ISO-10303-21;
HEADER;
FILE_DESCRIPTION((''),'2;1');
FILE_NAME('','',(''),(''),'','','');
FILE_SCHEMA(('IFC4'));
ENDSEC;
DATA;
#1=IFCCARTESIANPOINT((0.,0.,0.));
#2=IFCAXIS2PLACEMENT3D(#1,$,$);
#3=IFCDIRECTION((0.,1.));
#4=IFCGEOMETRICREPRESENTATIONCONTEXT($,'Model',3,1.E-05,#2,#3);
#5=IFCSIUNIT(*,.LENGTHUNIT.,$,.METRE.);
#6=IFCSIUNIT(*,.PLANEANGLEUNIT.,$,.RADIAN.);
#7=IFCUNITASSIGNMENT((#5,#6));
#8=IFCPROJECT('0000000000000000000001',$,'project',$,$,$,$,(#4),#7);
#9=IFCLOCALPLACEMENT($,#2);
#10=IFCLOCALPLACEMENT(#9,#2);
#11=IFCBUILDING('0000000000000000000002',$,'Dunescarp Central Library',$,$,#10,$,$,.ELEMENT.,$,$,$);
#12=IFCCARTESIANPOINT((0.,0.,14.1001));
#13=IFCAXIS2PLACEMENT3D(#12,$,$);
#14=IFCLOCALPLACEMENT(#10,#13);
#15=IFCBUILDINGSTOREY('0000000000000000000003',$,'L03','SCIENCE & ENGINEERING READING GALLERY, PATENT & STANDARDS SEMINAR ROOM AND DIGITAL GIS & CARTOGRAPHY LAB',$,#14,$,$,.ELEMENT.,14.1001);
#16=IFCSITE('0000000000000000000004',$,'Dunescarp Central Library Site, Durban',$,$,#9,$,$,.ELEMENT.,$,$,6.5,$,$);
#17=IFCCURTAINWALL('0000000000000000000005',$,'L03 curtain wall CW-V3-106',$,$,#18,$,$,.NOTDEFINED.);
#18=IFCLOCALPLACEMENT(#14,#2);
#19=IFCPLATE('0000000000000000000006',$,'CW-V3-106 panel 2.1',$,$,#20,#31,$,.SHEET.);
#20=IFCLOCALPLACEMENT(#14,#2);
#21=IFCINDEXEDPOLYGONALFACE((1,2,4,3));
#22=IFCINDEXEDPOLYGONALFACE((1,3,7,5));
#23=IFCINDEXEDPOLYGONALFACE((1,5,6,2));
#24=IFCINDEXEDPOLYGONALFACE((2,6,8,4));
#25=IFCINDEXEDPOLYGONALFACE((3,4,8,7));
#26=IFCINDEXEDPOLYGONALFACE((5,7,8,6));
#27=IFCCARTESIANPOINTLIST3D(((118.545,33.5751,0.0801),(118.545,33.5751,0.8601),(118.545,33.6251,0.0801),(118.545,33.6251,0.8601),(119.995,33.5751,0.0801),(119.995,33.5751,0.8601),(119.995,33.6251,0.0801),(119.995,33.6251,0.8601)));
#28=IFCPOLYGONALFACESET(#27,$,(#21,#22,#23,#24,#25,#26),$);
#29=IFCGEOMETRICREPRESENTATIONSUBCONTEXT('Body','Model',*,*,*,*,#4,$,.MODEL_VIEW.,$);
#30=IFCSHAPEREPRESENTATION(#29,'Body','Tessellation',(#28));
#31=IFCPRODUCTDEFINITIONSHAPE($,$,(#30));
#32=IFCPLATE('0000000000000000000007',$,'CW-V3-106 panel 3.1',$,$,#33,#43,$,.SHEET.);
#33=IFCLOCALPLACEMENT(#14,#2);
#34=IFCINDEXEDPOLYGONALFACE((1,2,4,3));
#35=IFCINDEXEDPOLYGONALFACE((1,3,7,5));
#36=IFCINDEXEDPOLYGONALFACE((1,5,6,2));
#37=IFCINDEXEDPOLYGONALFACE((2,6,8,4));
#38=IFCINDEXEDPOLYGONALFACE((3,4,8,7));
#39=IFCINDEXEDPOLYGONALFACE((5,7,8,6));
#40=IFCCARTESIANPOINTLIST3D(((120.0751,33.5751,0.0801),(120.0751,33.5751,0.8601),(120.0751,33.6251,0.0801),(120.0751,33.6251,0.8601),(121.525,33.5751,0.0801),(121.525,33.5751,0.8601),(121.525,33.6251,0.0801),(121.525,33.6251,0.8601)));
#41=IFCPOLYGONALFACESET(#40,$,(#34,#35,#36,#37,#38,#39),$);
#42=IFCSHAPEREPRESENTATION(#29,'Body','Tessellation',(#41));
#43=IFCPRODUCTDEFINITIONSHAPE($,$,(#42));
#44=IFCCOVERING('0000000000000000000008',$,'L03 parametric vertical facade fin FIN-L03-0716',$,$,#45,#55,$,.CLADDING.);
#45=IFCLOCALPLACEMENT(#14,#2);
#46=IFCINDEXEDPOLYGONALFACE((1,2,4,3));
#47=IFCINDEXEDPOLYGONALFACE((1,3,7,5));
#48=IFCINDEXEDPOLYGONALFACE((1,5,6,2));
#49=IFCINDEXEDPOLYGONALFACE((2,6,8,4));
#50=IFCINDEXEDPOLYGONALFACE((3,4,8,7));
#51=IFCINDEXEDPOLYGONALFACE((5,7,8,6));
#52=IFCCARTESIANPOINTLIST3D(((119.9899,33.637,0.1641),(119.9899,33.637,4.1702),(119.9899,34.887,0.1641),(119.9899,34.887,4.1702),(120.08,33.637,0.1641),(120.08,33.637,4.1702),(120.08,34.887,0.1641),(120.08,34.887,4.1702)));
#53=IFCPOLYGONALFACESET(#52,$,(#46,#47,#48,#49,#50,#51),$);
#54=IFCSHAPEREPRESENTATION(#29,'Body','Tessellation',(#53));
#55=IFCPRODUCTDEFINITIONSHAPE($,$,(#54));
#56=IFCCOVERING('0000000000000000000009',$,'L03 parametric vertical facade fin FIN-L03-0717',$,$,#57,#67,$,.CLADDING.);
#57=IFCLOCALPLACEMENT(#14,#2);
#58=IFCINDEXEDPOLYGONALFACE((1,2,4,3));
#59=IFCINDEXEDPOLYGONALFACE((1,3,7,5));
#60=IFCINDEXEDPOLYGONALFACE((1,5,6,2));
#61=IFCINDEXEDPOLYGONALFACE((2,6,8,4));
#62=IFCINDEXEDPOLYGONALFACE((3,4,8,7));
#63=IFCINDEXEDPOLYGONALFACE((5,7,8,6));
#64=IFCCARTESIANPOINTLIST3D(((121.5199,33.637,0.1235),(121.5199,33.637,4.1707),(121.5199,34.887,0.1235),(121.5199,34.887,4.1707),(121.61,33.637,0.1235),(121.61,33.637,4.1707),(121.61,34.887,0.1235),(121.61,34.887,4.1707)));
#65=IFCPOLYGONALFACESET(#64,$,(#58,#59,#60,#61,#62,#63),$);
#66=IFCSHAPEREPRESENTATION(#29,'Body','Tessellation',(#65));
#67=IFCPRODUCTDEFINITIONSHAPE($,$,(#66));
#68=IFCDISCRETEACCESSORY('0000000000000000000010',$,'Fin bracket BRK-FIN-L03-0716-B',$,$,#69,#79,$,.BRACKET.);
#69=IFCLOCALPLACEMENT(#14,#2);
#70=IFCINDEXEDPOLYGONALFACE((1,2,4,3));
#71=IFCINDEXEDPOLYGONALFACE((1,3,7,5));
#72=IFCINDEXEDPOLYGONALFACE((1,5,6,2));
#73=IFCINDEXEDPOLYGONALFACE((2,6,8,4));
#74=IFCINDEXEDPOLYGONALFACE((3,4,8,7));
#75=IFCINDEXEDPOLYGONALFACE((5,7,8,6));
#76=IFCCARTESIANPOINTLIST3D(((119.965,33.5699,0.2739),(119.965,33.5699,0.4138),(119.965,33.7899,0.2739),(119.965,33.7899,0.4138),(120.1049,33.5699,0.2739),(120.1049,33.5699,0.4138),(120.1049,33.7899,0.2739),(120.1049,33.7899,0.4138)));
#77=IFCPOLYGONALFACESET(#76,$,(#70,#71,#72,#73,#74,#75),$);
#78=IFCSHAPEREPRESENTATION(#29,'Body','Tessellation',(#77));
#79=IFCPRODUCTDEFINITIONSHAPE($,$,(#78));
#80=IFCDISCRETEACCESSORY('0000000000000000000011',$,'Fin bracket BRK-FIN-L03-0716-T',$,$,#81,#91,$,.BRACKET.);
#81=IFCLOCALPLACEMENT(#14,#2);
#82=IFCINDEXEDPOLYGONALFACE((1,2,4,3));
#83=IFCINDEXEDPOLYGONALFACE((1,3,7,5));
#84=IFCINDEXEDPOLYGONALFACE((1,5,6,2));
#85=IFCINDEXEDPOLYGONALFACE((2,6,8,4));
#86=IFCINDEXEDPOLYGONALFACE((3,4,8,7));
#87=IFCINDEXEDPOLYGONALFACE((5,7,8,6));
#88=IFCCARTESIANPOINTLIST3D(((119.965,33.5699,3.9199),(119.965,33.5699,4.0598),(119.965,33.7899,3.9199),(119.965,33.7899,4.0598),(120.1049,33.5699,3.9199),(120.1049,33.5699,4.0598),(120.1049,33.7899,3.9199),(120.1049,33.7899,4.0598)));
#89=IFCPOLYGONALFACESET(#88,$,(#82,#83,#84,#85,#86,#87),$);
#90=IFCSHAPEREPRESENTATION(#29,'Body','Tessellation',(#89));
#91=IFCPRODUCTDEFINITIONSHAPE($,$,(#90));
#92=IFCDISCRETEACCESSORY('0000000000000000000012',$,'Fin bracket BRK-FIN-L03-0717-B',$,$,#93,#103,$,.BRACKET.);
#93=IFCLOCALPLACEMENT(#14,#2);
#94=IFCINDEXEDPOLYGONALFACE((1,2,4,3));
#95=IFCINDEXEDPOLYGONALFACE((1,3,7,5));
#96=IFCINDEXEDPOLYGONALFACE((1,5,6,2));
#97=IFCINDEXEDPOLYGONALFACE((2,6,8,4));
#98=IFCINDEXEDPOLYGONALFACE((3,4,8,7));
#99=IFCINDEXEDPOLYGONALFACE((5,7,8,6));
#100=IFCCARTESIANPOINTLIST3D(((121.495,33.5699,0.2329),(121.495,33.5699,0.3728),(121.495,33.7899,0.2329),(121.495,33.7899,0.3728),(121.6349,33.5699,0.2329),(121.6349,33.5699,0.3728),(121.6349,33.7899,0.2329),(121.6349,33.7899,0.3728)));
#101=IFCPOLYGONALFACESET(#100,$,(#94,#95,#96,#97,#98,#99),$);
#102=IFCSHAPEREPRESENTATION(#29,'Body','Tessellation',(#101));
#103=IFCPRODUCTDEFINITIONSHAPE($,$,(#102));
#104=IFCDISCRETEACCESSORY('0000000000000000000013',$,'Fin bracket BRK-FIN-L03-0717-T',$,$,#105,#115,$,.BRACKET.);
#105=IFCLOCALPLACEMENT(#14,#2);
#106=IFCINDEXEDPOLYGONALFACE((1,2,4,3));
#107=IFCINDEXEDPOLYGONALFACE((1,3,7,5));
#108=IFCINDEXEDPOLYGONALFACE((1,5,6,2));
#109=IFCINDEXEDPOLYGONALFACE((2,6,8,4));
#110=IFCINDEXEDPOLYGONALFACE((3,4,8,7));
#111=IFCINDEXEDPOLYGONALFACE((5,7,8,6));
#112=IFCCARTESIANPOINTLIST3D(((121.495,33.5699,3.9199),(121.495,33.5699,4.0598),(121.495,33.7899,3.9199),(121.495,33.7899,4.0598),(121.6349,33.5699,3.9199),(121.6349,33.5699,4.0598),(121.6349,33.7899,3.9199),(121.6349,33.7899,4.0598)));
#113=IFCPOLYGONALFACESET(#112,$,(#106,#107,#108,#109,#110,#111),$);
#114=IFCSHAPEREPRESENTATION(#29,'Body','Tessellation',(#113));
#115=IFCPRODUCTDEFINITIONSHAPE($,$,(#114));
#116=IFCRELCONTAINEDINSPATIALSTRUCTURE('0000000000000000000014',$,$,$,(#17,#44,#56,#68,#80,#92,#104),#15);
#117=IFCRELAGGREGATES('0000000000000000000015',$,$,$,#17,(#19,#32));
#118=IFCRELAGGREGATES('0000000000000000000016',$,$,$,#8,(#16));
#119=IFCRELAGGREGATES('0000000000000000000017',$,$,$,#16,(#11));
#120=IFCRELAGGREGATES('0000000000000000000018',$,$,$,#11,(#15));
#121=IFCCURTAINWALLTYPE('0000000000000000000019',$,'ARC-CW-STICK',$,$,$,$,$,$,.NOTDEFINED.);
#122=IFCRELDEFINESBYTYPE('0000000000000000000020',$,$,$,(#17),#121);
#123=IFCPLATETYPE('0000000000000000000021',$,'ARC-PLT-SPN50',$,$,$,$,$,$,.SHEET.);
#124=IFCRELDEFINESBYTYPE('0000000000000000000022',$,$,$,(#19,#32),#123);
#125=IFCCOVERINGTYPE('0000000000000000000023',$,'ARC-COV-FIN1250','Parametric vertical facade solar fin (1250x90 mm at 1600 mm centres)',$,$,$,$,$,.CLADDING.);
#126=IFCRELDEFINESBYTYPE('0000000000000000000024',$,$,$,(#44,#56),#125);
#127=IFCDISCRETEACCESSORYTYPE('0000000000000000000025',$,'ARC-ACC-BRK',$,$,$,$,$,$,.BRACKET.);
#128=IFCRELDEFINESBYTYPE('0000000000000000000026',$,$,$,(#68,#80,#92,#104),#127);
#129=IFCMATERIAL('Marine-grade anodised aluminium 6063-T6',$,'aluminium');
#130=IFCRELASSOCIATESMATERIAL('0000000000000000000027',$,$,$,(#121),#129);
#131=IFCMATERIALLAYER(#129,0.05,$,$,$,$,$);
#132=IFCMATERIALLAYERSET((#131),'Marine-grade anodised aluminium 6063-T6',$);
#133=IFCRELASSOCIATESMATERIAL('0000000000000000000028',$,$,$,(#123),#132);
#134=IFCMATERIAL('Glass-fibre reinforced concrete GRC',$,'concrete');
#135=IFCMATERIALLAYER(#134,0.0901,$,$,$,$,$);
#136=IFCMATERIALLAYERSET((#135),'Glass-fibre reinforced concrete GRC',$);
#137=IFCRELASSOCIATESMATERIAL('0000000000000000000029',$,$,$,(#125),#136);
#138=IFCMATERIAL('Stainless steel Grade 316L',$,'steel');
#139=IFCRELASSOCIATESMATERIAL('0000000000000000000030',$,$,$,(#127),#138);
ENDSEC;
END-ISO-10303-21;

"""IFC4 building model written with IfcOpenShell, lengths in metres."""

from ifc_helpers import new_model, si_unit, direction, frame, origin, origin_2d, place, context, subcontext, project, spatial, rectangle, extrude, material, layer, layer_set, type_object, element, aggregate, save


model = new_model("IFC4")

# Units and contexts
model_context = context("Model", 3, precision=1e-05, world=origin(), true_north=direction((0.0, 1.0)))
body_context = subcontext(model_context, "Body", "Model", "MODEL_VIEW")
ifc_project = project(units=[si_unit("LENGTHUNIT", "METRE"), si_unit("PLANEANGLEUNIT", "RADIAN")], contexts=[model_context])

# Site, building, storey
site_placement = place(None, origin())
site = spatial("IfcSite", under=ifc_project, at=site_placement, Name="Dunescarp Central Library Site, Durban", CompositionType="ELEMENT", RefElevation=6.5)
building_placement = place(site_placement, origin())
building = spatial("IfcBuilding", under=site, at=building_placement, Name="Dunescarp Central Library", CompositionType="ELEMENT")
storey_placement = place(building_placement, frame((0.0, 0.0, 14.1001)))
storey = spatial("IfcBuildingStorey", under=building, at=storey_placement, Name="L03", Description="SCIENCE & ENGINEERING READING GALLERY, PATENT & STANDARDS SEMINAR ROOM AND DIGITAL GIS & CARTOGRAPHY LAB", CompositionType="ELEMENT", Elevation=14.1001)

# Curtain wall, plates
ifc_material_1 = material(Name="Marine-grade anodised aluminium 6063-T6", Category="aluminium")
curtain_wall_type = type_object("IfcCurtainWallType", Name="ARC-CW-STICK", PredefinedType="NOTDEFINED", material=ifc_material_1)
curtain_wall_placement = place(storey_placement, origin())
curtain_wall = element("IfcCurtainWall", 1, at=curtain_wall_placement, inside=storey, type_object=curtain_wall_type, Name="L03 curtain wall CW-V3-106", PredefinedType="NOTDEFINED")
ifc_layer_1 = layer(ifc_material_1, 0.05)
ifc_layer_set_1 = layer_set([ifc_layer_1], Name="Marine-grade anodised aluminium 6063-T6")
plate_type_1 = type_object("IfcPlateType", Name="ARC-PLT-SPN50", PredefinedType="SHEET", material=ifc_layer_set_1)
plate_1_placement = place(storey_placement, frame((119.27, 33.6001, 0.0801), z_axis=(0.0, 0.0, 1.0), x_axis=(1.0, 0.0, 0.0)))
plate_1 = element("IfcPlate", 2, at=plate_1_placement, type_object=plate_type_1, Name="CW-V3-106 panel 2.1", PredefinedType="SHEET", context=body_context, shape_type="SweptSolid", body=[
    extrude(rectangle(XDim=1.45, YDim=0.05, at=origin_2d()), origin(), (0.0, 0.0, 1.0), 0.78),
])
plate_2_placement = place(storey_placement, frame((120.8, 33.6001, 0.0801), z_axis=(0.0, 0.0, 1.0), x_axis=(1.0, 0.0, 0.0)))
plate_2 = element("IfcPlate", 3, at=plate_2_placement, type_object=plate_type_1, Name="CW-V3-106 panel 3.1", PredefinedType="SHEET", context=body_context, shape_type="SweptSolid", body=[
    extrude(rectangle(XDim=1.45, YDim=0.05, at=origin_2d()), origin(), (0.0, 0.0, 1.0), 0.78),
])
aggregate(curtain_wall, [plate_1, plate_2])

# Coverings
ifc_material_2 = material(Name="Glass-fibre reinforced concrete GRC", Category="concrete")
ifc_layer_2 = layer(ifc_material_2, 0.0901)
ifc_layer_set_2 = layer_set([ifc_layer_2], Name="Glass-fibre reinforced concrete GRC")
covering_type = type_object("IfcCoveringType", Name="ARC-COV-FIN1250", Description="Parametric vertical facade solar fin (1250x90 mm at 1600 mm centres)", PredefinedType="CLADDING", material=ifc_layer_set_2)
covering_1_placement = place(storey_placement, frame((120.0349, 34.262, 0.1641), z_axis=(0.0, 0.0, 1.0), x_axis=(0.0, 1.0, 0.0)))
element("IfcCovering", 4, at=covering_1_placement, inside=storey, type_object=covering_type, Name="L03 parametric vertical facade fin FIN-L03-0716", PredefinedType="CLADDING", context=body_context, shape_type="SweptSolid", body=[
    extrude(rectangle(XDim=1.25, YDim=0.0901, at=origin_2d()), origin(), (0.0, 0.0, 1.0), 4.0061),
])
covering_2_placement = place(storey_placement, frame((121.5649, 34.262, 0.1235), z_axis=(0.0, 0.0, 1.0), x_axis=(0.0, 1.0, 0.0)))
element("IfcCovering", 5, at=covering_2_placement, inside=storey, type_object=covering_type, Name="L03 parametric vertical facade fin FIN-L03-0717", PredefinedType="CLADDING", context=body_context, shape_type="SweptSolid", body=[
    extrude(rectangle(XDim=1.25, YDim=0.0901, at=origin_2d()), origin(), (0.0, 0.0, 1.0), 4.0471),
])

# Discrete accessories
ifc_material_3 = material(Name="Stainless steel Grade 316L", Category="steel")
discrete_accessory_type = type_object("IfcDiscreteAccessoryType", Name="ARC-ACC-BRK", PredefinedType="BRACKET", material=ifc_material_3)
for number, where, z_axis, x_axis, name in (
    (6, (120.0349, 33.6799, 0.2739), (0.0, 0.0, 1.0), (0.0, 1.0, 0.0), "Fin bracket BRK-FIN-L03-0716-B"),
    (7, (120.0349, 33.6799, 3.9199), (0.0, 0.0, 1.0), (0.0, 1.0, 0.0), "Fin bracket BRK-FIN-L03-0716-T"),
    (8, (121.5649, 33.6799, 0.2329), (0.0, 0.0, 1.0), (0.0, 1.0, 0.0), "Fin bracket BRK-FIN-L03-0717-B"),
    (9, (121.5649, 33.6799, 3.9199), (0.0, 0.0, 1.0), (0.0, 1.0, 0.0), "Fin bracket BRK-FIN-L03-0717-T"),
):
    element("IfcDiscreteAccessory", number, at=place(storey_placement, frame(where, z_axis=z_axis, x_axis=x_axis)), inside=storey, type_object=discrete_accessory_type, Name=name, PredefinedType="BRACKET", context=body_context, shape_type="SweptSolid", body=[
        extrude(rectangle(XDim=0.22, YDim=0.1399, at=origin_2d()), origin(), (0.0, 0.0, 1.0), 0.1399),
    ])

save(model, "model.ifc")
